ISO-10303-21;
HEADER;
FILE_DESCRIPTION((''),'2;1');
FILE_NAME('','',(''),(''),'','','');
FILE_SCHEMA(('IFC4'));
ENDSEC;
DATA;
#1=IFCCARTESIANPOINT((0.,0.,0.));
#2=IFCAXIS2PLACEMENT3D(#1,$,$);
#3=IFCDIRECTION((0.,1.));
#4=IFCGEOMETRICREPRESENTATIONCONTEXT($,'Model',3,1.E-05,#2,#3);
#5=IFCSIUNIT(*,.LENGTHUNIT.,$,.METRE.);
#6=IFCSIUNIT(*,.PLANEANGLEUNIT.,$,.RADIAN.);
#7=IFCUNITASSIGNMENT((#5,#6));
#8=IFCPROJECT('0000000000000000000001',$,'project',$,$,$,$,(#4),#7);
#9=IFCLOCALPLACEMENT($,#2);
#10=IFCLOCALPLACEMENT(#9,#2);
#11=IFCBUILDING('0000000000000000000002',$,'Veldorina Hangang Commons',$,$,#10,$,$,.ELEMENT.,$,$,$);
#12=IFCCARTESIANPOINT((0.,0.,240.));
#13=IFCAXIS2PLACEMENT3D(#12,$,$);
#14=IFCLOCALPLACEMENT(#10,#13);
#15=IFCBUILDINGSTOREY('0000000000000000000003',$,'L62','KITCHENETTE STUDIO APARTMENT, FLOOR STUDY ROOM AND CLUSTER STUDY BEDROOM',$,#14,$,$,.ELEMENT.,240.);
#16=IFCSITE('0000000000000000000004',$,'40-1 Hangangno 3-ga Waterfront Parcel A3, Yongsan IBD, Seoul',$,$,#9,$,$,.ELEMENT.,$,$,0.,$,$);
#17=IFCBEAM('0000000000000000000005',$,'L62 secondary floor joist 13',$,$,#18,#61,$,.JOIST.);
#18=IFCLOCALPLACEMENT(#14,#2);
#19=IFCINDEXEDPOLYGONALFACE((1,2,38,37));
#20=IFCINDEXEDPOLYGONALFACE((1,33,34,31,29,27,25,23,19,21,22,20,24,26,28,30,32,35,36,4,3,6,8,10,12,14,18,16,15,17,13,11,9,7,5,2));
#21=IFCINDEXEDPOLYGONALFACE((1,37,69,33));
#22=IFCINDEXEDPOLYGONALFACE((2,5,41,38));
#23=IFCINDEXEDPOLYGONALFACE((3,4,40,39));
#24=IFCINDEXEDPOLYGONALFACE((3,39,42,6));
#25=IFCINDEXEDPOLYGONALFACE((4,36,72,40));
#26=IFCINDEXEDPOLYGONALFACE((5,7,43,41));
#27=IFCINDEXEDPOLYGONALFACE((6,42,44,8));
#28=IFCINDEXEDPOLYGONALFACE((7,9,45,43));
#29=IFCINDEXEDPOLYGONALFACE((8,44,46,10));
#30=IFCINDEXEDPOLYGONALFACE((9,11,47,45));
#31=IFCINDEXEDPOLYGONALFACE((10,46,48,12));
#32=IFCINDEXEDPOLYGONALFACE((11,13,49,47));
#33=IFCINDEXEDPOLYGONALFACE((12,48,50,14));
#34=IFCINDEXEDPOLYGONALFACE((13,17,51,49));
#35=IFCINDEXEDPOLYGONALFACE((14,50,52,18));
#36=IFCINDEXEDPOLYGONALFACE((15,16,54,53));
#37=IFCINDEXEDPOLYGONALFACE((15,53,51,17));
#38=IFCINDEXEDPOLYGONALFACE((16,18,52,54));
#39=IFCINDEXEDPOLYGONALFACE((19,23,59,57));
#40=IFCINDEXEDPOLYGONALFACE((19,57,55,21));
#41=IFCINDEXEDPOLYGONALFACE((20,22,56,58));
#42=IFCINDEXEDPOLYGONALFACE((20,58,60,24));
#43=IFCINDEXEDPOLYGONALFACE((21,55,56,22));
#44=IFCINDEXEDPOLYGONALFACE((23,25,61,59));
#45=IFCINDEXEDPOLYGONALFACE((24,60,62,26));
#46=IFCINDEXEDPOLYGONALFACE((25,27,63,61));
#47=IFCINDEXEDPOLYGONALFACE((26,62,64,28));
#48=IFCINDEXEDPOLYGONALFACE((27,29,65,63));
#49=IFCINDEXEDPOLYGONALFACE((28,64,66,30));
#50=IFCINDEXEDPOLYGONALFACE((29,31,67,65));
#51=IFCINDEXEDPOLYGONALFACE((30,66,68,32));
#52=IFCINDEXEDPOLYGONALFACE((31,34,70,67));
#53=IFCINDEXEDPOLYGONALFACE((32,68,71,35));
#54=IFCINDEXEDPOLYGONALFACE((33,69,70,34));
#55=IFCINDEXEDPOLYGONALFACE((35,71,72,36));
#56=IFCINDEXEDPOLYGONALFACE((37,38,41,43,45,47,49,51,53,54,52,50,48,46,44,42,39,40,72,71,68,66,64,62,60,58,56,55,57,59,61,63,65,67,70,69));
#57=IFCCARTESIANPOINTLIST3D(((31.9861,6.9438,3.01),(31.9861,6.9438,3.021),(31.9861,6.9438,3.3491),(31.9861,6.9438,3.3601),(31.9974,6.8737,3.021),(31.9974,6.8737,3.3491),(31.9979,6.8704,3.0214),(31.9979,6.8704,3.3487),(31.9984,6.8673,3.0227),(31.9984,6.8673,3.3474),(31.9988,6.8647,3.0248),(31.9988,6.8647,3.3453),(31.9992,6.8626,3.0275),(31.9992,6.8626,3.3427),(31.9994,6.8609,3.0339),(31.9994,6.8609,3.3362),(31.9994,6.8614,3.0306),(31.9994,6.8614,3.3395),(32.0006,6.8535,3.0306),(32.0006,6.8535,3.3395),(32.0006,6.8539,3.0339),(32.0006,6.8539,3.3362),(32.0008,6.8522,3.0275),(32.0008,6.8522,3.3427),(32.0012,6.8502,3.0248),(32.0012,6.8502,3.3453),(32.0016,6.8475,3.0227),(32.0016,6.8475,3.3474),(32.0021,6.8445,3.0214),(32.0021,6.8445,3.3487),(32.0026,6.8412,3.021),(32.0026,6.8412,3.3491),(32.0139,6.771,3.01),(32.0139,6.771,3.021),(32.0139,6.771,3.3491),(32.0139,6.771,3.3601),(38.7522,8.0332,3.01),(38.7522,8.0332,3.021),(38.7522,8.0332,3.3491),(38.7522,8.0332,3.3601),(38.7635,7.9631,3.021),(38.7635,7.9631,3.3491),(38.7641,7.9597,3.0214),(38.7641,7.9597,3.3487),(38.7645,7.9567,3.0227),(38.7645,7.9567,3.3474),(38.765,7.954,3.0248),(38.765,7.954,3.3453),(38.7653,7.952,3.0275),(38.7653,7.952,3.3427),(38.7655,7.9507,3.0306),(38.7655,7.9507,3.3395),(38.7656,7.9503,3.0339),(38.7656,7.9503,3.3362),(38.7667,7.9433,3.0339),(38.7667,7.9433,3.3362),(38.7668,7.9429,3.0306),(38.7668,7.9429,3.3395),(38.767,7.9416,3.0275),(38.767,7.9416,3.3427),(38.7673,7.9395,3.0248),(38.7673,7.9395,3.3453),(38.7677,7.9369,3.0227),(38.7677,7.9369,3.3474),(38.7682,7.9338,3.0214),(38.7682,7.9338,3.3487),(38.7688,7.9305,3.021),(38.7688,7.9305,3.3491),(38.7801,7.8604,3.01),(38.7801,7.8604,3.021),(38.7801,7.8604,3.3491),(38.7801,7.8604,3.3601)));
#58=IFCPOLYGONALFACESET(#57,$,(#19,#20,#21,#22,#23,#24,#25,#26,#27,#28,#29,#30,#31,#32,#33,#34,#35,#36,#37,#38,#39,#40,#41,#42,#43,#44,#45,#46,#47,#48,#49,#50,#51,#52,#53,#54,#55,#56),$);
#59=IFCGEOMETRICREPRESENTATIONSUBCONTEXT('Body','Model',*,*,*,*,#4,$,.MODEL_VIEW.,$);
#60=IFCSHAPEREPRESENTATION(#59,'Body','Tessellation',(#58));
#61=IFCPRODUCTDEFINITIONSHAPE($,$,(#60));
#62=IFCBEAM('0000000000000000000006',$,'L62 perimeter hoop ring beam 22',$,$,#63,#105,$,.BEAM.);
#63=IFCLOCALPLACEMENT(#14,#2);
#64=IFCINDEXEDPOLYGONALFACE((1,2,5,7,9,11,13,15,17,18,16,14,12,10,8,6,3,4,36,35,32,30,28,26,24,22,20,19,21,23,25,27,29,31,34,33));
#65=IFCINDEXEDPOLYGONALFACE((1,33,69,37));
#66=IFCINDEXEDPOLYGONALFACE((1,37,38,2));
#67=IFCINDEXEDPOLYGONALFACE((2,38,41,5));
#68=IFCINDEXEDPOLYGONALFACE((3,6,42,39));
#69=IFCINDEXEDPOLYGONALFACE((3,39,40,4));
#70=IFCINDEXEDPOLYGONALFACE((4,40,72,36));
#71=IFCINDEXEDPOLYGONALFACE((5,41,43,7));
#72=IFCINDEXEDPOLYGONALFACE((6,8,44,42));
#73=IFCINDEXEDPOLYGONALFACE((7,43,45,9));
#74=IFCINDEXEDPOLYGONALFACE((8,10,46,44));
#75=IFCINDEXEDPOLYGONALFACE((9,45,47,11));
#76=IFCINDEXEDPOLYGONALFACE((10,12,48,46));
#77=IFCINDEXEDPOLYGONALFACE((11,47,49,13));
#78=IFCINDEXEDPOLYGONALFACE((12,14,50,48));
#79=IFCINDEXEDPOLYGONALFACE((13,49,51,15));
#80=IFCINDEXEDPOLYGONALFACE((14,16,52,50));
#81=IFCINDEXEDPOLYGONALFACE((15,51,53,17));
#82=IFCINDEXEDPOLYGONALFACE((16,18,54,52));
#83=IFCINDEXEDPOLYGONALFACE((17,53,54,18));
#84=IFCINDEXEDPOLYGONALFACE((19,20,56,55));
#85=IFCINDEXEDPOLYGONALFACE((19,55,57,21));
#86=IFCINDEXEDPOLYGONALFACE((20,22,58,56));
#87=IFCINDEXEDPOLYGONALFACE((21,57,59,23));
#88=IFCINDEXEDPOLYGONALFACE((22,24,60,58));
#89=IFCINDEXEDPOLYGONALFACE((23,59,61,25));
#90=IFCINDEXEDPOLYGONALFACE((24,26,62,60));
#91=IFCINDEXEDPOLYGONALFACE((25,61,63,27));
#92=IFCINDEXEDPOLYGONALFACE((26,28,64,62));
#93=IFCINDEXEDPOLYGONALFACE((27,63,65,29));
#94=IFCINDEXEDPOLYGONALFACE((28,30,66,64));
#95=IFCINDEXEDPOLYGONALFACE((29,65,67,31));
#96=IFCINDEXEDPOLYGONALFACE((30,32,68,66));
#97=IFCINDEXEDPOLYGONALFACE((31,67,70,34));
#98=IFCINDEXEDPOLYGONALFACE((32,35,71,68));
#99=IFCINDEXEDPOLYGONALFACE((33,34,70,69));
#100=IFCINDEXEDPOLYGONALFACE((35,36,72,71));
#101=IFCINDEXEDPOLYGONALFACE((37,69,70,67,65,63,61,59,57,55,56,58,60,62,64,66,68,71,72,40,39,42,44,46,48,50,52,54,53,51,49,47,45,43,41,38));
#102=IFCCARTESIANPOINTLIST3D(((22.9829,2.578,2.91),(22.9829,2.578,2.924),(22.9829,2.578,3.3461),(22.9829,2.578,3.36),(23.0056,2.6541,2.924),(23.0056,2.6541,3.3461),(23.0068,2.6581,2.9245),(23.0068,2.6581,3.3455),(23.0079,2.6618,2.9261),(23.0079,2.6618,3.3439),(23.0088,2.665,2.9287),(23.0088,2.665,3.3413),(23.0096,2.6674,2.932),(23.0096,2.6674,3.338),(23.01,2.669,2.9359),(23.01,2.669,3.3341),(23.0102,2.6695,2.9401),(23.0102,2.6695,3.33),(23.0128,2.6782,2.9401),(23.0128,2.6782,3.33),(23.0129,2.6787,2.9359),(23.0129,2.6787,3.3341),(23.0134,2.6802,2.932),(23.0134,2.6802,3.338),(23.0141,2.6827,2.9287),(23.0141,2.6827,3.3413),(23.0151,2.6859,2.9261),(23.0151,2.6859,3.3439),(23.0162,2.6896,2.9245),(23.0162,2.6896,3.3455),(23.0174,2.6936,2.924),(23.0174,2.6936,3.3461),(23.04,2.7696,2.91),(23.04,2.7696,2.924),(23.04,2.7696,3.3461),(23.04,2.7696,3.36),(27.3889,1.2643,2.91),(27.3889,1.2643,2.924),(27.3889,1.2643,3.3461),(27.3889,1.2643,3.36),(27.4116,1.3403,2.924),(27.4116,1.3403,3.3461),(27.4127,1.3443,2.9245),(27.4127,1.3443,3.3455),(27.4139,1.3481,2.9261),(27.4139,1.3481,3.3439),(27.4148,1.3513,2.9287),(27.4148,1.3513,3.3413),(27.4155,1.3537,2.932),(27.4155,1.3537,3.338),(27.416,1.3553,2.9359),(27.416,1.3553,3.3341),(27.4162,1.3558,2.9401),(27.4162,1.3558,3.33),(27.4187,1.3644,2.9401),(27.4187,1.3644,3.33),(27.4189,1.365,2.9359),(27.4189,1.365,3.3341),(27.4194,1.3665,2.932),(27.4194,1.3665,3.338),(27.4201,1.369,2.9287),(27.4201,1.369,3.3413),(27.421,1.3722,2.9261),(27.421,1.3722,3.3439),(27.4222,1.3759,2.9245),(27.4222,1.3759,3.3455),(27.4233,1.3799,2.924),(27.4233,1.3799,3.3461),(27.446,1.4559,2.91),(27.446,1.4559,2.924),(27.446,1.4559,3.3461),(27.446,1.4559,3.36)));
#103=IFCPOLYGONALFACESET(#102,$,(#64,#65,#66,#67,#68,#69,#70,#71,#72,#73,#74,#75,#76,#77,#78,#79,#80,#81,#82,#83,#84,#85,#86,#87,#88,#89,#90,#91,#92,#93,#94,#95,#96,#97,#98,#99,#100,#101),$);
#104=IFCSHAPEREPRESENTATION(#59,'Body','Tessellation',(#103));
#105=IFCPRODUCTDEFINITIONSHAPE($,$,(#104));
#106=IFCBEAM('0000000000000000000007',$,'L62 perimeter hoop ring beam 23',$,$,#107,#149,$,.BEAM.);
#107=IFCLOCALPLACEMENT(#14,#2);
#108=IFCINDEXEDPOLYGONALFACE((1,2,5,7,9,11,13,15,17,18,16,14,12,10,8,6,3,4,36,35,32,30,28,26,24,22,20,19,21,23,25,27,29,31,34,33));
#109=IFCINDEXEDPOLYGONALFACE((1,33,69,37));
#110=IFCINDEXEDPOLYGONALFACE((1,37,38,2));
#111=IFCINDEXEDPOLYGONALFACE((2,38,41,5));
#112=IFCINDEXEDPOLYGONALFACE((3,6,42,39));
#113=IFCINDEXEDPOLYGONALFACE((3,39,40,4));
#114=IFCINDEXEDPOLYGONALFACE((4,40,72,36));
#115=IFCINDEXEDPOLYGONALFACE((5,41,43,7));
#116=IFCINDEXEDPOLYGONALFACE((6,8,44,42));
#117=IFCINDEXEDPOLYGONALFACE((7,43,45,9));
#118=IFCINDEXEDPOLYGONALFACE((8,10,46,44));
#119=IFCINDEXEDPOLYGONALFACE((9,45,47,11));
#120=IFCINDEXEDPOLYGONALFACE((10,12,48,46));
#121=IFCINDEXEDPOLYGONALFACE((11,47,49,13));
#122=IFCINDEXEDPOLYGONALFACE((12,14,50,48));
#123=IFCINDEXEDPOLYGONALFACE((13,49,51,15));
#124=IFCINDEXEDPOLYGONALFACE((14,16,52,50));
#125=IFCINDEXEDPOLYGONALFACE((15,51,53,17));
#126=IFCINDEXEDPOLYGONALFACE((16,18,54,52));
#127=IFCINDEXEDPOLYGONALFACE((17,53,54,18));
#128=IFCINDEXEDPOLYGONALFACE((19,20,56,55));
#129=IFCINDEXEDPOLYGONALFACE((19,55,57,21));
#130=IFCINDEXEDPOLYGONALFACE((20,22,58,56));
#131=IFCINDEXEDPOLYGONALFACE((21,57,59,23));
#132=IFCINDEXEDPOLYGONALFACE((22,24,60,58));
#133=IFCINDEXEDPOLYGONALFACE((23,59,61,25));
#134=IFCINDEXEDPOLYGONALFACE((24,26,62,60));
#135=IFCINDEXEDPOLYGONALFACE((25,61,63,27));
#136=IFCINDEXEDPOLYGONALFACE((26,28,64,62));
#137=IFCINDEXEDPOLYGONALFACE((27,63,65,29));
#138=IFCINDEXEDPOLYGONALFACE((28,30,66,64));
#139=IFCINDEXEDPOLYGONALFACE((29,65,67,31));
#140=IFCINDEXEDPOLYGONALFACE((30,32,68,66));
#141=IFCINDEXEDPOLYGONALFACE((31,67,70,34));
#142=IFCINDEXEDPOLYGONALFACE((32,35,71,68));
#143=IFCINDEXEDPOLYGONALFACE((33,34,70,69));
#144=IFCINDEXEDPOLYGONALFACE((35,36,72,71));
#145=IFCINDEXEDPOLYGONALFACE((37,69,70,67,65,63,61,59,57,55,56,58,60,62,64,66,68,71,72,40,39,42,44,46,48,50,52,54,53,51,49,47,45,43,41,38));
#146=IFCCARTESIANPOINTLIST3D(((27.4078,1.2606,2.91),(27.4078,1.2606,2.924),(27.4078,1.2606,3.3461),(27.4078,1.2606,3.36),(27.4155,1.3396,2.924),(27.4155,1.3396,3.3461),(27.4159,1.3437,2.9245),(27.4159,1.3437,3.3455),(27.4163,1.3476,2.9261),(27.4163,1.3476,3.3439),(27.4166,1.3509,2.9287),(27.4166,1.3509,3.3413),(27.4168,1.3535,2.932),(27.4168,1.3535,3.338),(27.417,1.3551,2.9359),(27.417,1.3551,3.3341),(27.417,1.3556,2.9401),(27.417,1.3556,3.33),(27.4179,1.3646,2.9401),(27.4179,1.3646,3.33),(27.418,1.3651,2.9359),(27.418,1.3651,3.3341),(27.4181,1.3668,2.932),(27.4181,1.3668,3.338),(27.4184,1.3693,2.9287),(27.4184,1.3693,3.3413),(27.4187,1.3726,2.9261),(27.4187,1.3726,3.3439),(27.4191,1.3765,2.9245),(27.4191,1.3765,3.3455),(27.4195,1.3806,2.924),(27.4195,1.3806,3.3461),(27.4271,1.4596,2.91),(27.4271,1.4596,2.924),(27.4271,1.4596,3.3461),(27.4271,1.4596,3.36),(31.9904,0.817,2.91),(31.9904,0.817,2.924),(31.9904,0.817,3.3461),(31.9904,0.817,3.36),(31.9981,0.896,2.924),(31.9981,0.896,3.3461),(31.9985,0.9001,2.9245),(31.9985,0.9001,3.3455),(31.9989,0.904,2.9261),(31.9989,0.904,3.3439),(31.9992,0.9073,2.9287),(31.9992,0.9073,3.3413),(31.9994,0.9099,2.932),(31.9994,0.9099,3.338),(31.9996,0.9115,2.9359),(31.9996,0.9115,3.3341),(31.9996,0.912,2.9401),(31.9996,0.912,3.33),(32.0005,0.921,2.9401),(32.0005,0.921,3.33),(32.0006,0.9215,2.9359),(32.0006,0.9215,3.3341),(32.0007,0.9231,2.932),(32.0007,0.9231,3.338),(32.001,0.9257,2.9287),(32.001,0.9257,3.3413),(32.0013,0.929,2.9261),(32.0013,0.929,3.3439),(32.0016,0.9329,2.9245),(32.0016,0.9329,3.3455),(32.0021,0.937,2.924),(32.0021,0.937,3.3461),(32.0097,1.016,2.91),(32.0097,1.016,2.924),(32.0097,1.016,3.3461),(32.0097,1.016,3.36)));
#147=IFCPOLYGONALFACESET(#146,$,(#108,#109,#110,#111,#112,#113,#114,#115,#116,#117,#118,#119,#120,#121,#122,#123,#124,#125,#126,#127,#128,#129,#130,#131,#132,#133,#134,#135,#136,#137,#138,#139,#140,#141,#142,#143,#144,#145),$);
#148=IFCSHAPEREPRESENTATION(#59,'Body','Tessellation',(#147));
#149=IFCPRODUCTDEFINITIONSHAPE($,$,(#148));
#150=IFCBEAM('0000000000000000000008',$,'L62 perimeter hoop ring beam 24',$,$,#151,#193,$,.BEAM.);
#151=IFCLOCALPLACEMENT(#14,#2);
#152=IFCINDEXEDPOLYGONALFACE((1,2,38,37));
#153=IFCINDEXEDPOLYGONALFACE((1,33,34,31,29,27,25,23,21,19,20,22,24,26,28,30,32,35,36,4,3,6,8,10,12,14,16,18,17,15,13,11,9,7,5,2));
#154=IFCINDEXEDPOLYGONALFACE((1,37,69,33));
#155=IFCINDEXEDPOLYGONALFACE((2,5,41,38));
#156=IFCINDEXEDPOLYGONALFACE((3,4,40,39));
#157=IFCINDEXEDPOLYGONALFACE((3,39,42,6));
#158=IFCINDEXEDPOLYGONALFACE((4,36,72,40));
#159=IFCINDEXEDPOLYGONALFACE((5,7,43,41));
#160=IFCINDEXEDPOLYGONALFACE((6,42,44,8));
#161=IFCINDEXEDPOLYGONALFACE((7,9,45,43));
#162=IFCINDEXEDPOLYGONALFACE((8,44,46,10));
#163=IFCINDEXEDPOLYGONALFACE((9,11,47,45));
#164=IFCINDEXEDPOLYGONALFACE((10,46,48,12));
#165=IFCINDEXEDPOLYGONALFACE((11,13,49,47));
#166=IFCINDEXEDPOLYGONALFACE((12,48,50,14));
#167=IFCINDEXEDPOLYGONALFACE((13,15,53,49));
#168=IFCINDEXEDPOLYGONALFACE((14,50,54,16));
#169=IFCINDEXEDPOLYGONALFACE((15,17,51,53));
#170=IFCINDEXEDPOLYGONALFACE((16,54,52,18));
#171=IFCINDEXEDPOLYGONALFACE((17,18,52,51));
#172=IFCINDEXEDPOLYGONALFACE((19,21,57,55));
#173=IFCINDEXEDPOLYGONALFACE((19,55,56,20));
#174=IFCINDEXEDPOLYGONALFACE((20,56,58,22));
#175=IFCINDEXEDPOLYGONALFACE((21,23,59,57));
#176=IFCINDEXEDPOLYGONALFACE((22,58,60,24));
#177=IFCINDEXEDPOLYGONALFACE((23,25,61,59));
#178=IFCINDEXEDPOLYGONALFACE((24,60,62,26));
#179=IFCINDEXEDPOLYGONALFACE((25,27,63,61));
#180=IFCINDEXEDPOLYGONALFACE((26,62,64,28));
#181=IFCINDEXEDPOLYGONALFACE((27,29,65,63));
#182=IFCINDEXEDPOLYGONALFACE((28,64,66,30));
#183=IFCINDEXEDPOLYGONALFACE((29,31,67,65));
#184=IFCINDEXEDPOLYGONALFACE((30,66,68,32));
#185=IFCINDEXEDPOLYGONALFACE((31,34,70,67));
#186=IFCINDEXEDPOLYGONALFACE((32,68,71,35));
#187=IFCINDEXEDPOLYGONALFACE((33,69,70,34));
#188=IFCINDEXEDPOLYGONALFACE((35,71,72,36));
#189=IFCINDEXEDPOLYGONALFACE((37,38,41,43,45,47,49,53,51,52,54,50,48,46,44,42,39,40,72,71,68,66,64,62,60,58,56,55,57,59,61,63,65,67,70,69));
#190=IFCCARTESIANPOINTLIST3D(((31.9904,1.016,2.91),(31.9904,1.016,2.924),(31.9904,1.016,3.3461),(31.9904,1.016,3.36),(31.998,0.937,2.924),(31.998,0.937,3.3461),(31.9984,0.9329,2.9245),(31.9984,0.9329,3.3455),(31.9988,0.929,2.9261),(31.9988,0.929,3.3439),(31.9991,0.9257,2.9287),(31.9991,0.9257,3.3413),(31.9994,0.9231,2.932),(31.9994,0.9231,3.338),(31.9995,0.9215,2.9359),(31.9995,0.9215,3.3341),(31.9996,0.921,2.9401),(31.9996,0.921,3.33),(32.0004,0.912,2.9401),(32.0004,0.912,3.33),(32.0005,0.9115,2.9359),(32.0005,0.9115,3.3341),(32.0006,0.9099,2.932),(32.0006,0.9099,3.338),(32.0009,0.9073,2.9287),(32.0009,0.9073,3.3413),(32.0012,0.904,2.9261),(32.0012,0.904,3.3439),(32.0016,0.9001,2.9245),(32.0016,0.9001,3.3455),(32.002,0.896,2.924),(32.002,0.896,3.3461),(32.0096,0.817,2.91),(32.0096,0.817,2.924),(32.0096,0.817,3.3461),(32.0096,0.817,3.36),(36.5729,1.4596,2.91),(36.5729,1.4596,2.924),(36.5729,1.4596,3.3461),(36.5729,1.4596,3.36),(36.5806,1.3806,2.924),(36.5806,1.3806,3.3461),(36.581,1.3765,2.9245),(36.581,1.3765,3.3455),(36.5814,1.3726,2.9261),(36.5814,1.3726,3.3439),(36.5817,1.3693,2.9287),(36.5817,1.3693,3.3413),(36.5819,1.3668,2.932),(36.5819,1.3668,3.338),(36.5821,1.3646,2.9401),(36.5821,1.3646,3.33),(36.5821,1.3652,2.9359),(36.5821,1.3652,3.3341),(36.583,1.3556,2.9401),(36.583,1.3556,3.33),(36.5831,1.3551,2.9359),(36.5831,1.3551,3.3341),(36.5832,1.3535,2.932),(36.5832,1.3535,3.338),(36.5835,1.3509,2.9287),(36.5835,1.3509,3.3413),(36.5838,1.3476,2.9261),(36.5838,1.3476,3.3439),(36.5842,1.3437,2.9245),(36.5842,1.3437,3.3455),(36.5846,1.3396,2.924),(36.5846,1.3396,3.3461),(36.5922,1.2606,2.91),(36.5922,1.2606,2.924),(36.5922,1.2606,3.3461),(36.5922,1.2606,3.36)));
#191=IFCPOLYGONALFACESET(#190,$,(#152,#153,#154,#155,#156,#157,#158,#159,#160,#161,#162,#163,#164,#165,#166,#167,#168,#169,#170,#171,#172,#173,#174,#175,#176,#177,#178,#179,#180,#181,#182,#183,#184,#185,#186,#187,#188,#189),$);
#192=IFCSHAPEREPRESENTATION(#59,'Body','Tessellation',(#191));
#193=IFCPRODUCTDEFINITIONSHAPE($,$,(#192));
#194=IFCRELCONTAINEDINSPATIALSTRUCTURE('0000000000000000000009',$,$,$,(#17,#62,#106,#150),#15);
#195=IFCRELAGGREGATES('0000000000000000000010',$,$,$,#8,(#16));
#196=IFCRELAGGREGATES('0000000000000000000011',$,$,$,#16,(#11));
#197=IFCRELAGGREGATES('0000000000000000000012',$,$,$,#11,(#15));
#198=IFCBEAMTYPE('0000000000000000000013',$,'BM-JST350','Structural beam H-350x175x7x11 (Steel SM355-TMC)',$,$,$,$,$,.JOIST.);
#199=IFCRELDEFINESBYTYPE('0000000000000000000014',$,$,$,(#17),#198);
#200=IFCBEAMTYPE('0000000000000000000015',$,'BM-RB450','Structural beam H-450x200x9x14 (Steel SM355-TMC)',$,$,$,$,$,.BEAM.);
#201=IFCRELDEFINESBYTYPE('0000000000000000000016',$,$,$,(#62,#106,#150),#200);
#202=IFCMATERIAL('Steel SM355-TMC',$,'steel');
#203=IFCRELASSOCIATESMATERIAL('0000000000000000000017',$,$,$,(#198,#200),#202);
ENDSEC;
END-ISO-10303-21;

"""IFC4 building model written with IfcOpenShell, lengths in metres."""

from ifc_helpers import new_model, si_unit, direction, frame, origin, origin_2d, place, context, subcontext, project, spatial, i_section, extrude, material, material_profile, profile_set, type_object, element, save


model = new_model("IFC4")

# Units and contexts
model_context = context("Model", 3, precision=1e-05, world=origin(), true_north=direction((0.0, 1.0)))
body_context = subcontext(model_context, "Body", "Model", "MODEL_VIEW")
ifc_project = project(units=[si_unit("LENGTHUNIT", "METRE"), si_unit("PLANEANGLEUNIT", "RADIAN")], contexts=[model_context])

# Site, building, storey
site_placement = place(None, origin())
site = spatial("IfcSite", under=ifc_project, at=site_placement, Name="40-1 Hangangno 3-ga Waterfront Parcel A3, Yongsan IBD, Seoul", CompositionType="ELEMENT", RefElevation=0.0)
building_placement = place(site_placement, origin())
building = spatial("IfcBuilding", under=site, at=building_placement, Name="Veldorina Hangang Commons", CompositionType="ELEMENT")
storey_placement = place(building_placement, frame((0.0, 0.0, 240.0)))
storey = spatial("IfcBuildingStorey", under=building, at=storey_placement, Name="L62", Description="KITCHENETTE STUDIO APARTMENT, FLOOR STUDY ROOM AND CLUSTER STUDY BEDROOM", CompositionType="ELEMENT", Elevation=240.0)

# Beams
ifc_material_1 = material(Name="Steel SM355-TMC", Category="steel")
ifc_material_profile_1 = material_profile(ifc_material_1, i_section(OverallWidth=0.175, OverallDepth=0.3501, WebThickness=0.0071, FlangeThickness=0.011, FilletRadius=0.0129, at=origin_2d()), Name="H-350x175x7x11")
ifc_profile_set_1 = profile_set([ifc_material_profile_1], Name="Steel SM355-TMC")
beam_type_1 = type_object("IfcBeamType", Name="BM-JST350", Description="Structural beam H-350x175x7x11 (Steel SM355-TMC)", PredefinedType="JOIST", material=ifc_profile_set_1)
beam_1_placement = place(storey_placement, frame((32.0, 6.8574, 3.1851), z_axis=(0.987286, 0.158955, 0.0), x_axis=(-0.158955, 0.987286, 0.0)))
element("IfcBeam", 1, at=beam_1_placement, inside=storey, type_object=beam_type_1, Name="L62 secondary floor joist 13", PredefinedType="JOIST", context=body_context, shape_type="SweptSolid", body=[
    extrude(i_section(OverallWidth=0.175, OverallDepth=0.3501, WebThickness=0.0071, FlangeThickness=0.011, FilletRadius=0.0129, at=origin_2d()), origin(), (0.0, 0.0, 1.0), 6.8533),
])
ifc_material_profile_2 = material_profile(ifc_material_1, i_section(OverallWidth=0.2, OverallDepth=0.45, WebThickness=0.009, FlangeThickness=0.0139, FilletRadius=0.0161, at=origin_2d()), Name="H-450x200x9x14")
ifc_profile_set_2 = profile_set([ifc_material_profile_2], Name="Steel SM355-TMC")
beam_type_2 = type_object("IfcBeamType", Name="BM-RB450", Description="Structural beam H-450x200x9x14 (Steel SM355-TMC)", PredefinedType="BEAM", material=ifc_profile_set_2)
beam_2_placement = place(storey_placement, frame((23.0115, 2.6738, 3.135), z_axis=(0.958309, -0.285735, 0.0), x_axis=(0.285735, 0.958309, 0.0)))
element("IfcBeam", 2, at=beam_2_placement, inside=storey, type_object=beam_type_2, Name="L62 perimeter hoop ring beam 22", PredefinedType="BEAM", context=body_context, shape_type="SweptSolid", body=[
    extrude(i_section(OverallWidth=0.2, OverallDepth=0.45, WebThickness=0.009, FlangeThickness=0.0139, FilletRadius=0.0161, at=origin_2d()), origin(), (0.0, 0.0, 1.0), 4.5977),
])
for number, where, z_axis, x_axis, name in (
    (3, (27.4175, 1.3601, 3.135), (0.995347, -0.096353, 0.0), (0.096353, 0.995347, 0.0), "L62 perimeter hoop ring beam 23"),
    (4, (32.0, 0.9165, 3.135), (0.995347, 0.096353, 0.0), (-0.096353, 0.995347, 0.0), "L62 perimeter hoop ring beam 24"),
):
    element("IfcBeam", number, at=place(storey_placement, frame(where, z_axis=z_axis, x_axis=x_axis)), inside=storey, type_object=beam_type_2, Name=name, PredefinedType="BEAM", context=body_context, shape_type="SweptSolid", body=[
        extrude(i_section(OverallWidth=0.2, OverallDepth=0.45, WebThickness=0.009, FlangeThickness=0.0139, FilletRadius=0.0161, at=origin_2d()), origin(), (0.0, 0.0, 1.0), 4.604),
    ])

save(model, "model.ifc")
